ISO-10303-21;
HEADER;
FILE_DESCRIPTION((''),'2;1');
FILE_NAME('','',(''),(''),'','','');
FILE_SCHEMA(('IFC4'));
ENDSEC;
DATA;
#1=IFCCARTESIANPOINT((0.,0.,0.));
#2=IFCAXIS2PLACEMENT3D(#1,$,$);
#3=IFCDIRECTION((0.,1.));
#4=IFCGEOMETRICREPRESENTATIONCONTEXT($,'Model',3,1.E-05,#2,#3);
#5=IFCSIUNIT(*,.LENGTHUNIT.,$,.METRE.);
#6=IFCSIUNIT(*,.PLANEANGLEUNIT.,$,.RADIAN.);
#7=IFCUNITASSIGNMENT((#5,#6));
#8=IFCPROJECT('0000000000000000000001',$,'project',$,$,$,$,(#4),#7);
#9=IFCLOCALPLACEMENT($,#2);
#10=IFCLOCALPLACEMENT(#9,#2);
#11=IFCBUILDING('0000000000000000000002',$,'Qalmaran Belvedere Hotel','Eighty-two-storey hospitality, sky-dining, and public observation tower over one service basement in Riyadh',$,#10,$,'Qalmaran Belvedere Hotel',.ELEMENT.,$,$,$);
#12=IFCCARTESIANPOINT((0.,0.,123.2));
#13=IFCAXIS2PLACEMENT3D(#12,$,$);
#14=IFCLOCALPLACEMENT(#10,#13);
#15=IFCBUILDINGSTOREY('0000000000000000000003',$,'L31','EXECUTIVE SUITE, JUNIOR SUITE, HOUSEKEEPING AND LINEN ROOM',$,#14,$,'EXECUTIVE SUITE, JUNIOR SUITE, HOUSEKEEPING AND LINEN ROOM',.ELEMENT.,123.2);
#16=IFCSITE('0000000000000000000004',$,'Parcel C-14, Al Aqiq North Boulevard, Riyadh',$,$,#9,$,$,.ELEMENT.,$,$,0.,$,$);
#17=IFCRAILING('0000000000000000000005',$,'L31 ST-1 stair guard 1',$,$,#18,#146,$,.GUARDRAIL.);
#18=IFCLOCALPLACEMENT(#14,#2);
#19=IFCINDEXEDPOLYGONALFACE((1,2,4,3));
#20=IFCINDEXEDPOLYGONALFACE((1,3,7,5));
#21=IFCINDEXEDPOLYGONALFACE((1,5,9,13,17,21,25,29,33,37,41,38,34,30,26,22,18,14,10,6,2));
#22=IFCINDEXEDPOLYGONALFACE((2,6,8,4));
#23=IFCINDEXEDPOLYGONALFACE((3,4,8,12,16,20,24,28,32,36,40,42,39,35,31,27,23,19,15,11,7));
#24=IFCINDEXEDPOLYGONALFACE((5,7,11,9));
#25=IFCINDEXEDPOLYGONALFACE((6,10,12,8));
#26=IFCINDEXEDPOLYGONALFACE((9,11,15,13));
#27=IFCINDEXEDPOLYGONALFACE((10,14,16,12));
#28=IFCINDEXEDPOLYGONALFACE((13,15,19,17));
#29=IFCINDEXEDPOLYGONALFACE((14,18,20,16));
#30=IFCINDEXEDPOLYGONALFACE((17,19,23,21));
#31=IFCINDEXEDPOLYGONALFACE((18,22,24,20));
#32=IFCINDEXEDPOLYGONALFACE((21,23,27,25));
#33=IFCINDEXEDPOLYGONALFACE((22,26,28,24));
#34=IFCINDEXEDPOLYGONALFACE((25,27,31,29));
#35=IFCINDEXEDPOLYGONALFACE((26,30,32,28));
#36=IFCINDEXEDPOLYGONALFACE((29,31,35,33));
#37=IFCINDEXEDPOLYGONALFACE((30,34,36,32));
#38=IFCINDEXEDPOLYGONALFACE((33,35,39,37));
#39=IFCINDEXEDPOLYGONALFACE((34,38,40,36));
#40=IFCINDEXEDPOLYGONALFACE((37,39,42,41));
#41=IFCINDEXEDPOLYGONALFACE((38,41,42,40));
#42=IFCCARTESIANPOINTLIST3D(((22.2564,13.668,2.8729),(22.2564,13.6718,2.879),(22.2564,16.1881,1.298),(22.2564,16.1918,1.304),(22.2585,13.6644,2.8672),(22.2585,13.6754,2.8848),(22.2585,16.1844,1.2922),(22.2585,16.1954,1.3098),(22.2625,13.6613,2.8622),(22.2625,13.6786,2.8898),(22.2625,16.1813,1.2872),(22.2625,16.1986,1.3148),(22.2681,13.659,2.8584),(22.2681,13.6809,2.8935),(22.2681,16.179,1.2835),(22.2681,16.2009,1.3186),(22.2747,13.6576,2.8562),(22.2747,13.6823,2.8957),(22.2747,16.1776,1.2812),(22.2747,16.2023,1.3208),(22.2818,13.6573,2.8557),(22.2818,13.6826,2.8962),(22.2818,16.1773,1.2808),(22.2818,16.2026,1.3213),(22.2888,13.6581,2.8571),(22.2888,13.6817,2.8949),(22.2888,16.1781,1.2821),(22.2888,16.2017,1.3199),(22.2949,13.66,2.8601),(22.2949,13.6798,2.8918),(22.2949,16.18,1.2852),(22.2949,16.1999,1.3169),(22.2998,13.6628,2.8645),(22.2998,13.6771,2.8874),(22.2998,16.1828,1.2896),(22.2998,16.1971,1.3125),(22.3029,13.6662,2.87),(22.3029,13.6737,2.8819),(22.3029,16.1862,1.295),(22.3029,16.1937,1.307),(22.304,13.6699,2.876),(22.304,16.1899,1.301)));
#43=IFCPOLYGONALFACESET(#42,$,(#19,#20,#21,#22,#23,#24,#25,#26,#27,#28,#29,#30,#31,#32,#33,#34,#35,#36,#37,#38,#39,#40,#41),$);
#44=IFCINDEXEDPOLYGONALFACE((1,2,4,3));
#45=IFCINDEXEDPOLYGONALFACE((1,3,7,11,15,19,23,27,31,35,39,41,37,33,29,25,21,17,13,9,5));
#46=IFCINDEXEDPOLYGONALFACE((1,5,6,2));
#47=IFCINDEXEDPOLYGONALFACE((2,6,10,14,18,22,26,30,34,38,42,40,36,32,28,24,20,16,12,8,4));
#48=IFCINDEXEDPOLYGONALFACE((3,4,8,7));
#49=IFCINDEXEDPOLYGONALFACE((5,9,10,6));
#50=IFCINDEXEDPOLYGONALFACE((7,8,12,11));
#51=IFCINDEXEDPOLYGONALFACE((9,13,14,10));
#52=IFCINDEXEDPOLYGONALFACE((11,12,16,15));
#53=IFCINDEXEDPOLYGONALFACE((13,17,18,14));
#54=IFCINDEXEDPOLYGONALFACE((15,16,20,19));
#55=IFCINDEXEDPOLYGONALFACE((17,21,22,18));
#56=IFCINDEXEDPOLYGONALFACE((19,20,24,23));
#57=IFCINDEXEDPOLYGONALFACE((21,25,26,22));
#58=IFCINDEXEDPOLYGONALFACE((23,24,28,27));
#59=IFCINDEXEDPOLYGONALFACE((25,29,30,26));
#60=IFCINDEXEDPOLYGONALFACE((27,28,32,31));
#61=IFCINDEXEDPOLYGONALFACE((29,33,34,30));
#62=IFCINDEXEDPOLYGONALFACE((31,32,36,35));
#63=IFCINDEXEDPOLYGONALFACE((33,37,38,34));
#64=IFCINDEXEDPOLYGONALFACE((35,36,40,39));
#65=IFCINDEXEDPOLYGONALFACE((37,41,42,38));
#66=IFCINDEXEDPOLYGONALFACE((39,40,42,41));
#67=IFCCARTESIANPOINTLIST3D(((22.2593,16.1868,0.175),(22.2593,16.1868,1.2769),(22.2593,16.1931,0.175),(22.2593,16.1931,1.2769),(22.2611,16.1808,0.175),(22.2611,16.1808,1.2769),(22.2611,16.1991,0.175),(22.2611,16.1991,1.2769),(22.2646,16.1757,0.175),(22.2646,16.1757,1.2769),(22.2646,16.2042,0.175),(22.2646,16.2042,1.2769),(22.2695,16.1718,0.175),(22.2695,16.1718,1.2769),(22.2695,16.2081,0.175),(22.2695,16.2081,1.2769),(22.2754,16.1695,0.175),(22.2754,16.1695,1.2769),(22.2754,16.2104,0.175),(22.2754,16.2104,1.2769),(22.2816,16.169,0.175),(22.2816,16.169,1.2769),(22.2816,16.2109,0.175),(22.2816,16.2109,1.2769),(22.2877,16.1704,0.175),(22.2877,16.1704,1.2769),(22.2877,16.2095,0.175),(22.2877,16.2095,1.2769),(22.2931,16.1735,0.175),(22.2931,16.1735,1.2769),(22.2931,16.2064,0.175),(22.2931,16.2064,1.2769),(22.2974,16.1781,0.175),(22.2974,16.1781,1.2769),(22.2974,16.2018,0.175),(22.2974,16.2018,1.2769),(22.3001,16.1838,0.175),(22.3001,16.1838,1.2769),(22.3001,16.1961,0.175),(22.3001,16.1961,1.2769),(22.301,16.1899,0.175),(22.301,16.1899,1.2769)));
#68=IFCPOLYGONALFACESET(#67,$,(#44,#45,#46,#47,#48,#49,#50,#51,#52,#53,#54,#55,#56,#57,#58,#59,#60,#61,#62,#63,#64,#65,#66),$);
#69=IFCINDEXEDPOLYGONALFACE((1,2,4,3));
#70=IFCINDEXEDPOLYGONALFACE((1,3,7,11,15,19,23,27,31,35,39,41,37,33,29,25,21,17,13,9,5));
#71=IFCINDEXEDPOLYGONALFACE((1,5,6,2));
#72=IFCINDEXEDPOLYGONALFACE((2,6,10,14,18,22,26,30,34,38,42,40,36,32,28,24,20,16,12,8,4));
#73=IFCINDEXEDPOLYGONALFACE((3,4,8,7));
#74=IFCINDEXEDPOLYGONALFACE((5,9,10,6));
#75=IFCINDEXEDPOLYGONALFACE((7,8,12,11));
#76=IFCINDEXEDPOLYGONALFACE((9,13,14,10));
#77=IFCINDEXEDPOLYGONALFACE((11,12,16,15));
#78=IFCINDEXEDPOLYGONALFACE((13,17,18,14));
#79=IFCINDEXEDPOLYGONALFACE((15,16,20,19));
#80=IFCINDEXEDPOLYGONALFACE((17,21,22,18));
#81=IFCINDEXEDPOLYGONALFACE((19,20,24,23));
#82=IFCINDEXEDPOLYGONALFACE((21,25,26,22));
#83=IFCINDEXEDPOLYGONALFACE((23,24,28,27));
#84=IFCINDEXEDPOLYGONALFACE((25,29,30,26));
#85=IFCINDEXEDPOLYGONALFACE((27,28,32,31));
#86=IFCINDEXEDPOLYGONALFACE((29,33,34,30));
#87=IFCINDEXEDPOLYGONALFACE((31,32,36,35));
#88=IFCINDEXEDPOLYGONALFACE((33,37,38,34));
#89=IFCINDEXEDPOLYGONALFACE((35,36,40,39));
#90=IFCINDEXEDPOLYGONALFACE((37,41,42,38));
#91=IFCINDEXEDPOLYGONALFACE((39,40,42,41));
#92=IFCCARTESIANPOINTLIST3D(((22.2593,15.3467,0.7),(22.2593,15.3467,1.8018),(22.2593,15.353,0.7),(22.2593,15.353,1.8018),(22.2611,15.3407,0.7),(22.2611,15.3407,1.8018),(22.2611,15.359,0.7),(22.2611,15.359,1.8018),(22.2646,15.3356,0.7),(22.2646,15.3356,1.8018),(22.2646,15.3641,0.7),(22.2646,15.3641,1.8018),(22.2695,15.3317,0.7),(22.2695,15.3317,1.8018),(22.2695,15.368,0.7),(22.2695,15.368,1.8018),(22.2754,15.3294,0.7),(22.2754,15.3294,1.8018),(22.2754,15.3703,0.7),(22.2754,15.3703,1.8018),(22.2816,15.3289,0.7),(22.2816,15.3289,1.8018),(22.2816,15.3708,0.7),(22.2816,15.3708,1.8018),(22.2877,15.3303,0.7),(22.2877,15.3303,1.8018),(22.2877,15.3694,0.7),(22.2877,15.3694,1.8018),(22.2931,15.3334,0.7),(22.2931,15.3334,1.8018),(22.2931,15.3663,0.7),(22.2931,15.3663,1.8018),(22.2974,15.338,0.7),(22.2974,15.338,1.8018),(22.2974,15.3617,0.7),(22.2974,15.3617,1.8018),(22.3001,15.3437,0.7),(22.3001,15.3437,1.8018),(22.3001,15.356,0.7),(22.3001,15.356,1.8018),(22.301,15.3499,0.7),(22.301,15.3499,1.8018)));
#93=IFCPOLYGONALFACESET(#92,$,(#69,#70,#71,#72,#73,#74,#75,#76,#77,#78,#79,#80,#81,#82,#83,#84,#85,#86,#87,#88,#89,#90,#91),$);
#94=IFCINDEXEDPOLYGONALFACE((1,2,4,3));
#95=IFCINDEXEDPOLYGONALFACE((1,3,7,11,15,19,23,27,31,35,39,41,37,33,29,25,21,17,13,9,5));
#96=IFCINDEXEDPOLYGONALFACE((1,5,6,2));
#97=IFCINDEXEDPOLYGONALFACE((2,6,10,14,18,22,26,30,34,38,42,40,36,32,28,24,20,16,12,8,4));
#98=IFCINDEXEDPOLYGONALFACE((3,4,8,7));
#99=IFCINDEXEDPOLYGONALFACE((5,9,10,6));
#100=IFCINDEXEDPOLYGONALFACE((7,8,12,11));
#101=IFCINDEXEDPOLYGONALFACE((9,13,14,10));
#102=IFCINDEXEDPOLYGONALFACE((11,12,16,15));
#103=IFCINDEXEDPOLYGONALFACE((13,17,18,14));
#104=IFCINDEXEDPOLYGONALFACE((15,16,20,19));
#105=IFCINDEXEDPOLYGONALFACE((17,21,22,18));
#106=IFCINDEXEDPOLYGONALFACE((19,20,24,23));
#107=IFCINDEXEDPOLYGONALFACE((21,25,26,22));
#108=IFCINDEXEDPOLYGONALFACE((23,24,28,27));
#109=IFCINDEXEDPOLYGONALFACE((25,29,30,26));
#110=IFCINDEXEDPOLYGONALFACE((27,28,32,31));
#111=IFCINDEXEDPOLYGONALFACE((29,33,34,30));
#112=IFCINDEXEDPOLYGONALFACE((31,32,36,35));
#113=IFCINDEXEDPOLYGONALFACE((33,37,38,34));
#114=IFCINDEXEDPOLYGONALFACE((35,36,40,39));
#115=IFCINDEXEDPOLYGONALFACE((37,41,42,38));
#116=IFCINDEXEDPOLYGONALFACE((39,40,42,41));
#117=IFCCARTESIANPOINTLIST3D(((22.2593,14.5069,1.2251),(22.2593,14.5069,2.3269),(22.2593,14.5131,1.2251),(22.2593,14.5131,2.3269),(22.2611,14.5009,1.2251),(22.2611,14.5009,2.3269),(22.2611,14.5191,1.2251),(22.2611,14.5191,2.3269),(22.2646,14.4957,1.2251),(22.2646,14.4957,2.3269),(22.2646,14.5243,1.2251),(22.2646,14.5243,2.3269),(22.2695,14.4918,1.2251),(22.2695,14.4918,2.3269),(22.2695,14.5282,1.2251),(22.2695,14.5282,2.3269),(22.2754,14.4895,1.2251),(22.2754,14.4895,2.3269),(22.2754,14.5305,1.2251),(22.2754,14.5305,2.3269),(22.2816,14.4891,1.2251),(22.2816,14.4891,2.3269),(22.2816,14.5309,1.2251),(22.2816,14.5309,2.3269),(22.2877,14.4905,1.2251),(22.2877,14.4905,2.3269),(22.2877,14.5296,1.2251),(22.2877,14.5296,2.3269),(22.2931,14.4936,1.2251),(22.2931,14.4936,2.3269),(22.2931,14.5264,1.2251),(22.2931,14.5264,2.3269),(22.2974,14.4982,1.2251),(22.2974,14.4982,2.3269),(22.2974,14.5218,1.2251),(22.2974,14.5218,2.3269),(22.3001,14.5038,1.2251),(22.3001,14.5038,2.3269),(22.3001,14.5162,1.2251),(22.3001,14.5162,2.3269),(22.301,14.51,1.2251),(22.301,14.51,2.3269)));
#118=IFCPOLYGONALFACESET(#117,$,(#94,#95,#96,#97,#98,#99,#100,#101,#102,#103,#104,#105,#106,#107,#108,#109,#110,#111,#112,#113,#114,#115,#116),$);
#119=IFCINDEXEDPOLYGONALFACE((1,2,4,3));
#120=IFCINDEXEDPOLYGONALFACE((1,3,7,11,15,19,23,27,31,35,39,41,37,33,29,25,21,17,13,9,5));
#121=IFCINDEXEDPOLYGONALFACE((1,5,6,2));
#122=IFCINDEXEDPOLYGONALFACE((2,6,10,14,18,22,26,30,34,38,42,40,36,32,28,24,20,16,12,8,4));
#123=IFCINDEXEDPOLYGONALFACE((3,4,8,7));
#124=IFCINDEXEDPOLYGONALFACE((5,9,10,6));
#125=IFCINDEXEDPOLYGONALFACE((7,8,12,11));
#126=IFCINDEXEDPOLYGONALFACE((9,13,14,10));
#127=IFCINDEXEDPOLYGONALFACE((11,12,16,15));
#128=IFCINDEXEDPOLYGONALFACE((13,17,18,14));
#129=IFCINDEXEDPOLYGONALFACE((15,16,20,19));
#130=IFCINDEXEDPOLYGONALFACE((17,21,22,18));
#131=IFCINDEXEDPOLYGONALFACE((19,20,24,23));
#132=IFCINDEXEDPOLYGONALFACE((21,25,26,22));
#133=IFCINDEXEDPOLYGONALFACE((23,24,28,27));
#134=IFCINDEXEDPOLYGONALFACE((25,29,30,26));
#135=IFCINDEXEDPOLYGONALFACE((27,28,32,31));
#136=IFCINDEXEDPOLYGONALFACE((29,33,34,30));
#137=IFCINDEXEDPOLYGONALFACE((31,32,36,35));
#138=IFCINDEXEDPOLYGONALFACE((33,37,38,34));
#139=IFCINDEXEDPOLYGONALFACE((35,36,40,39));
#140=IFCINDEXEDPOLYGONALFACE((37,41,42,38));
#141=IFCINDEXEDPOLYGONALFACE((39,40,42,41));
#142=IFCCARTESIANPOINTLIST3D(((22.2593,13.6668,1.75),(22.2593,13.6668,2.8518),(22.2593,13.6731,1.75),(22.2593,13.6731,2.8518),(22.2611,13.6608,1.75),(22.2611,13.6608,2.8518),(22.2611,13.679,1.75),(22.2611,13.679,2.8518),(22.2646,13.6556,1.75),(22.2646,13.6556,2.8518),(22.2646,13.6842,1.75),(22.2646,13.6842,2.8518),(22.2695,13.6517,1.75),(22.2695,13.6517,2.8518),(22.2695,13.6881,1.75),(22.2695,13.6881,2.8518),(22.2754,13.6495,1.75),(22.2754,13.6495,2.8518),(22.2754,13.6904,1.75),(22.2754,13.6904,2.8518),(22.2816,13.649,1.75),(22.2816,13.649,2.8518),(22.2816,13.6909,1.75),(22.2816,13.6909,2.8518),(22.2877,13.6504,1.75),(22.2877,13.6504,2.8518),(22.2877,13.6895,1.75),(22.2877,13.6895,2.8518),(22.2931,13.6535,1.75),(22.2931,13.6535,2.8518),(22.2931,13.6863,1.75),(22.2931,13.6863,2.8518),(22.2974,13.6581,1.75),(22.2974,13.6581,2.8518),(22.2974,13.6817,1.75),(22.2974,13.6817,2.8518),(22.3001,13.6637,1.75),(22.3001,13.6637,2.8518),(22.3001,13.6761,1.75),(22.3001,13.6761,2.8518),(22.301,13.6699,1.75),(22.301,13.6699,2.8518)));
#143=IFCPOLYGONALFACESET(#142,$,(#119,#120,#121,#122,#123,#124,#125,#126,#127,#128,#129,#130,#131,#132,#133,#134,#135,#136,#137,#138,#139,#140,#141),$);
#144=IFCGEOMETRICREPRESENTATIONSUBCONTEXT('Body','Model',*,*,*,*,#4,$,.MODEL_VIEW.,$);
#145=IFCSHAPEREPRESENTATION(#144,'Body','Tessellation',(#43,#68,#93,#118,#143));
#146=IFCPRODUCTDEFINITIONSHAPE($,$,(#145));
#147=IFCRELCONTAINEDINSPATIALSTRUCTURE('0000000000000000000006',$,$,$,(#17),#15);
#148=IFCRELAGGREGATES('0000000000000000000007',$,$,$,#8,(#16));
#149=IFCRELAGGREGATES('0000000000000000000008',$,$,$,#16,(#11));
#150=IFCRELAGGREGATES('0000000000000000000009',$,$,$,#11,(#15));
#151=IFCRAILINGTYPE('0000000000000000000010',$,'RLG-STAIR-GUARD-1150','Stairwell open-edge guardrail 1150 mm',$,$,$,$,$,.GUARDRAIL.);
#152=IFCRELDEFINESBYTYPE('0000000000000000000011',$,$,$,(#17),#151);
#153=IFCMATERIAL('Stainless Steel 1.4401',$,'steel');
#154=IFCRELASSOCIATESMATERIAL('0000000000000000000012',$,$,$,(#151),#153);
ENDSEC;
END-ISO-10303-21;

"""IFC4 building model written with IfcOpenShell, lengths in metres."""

from ifc_helpers import new_model, si_unit, direction, frame, origin, origin_2d, place, context, subcontext, project, spatial, circle, extrude, material, type_object, element, save


model = new_model("IFC4")

# Units and contexts
model_context = context("Model", 3, precision=1e-05, world=origin(), true_north=direction((0.0, 1.0)))
body_context = subcontext(model_context, "Body", "Model", "MODEL_VIEW")
ifc_project = project(units=[si_unit("LENGTHUNIT", "METRE"), si_unit("PLANEANGLEUNIT", "RADIAN")], contexts=[model_context])

# Site, building, storey
site_placement = place(None, origin())
site = spatial("IfcSite", under=ifc_project, at=site_placement, Name="Parcel C-14, Al Aqiq North Boulevard, Riyadh", CompositionType="ELEMENT", RefElevation=0.0)
building_placement = place(site_placement, origin())
building = spatial("IfcBuilding", under=site, at=building_placement, Name="Qalmaran Belvedere Hotel", Description="Eighty-two-storey hospitality, sky-dining, and public observation tower over one service basement in Riyadh", LongName="Qalmaran Belvedere Hotel", CompositionType="ELEMENT")
storey_placement = place(building_placement, frame((0.0, 0.0, 123.2)))
storey = spatial("IfcBuildingStorey", under=building, at=storey_placement, Name="L31", Description="EXECUTIVE SUITE, JUNIOR SUITE, HOUSEKEEPING AND LINEN ROOM", LongName="EXECUTIVE SUITE, JUNIOR SUITE, HOUSEKEEPING AND LINEN ROOM", CompositionType="ELEMENT", Elevation=123.2)

# Railing
ifc_material_1 = material(Name="Stainless Steel 1.4401", Category="steel")
railing_type_1 = type_object("IfcRailingType", Name="RLG-STAIR-GUARD-1150", Description="Stairwell open-edge guardrail 1150 mm", PredefinedType="GUARDRAIL", material=ifc_material_1)
railing_1_placement = place(storey_placement, frame((22.28, 16.1899, 0.175)))
element("IfcRailing", 1, at=railing_1_placement, inside=storey, type_object=railing_type_1, Name="L31 ST-1 stair guard 1", PredefinedType="GUARDRAIL", context=body_context, shape_type="SweptSolid", body=[
    extrude(circle(Radius=0.0239, at=origin_2d()), frame((0.0, 0.0, 1.126), z_axis=(0.0, -0.848008, 0.529984), x_axis=(1.0, 0.0, 0.0)), (0.0, 0.0, 1.0), 2.9717),
    extrude(circle(Radius=0.021, at=origin_2d()), origin(), (0.0, 0.0, 1.0), 1.1018),
    extrude(circle(Radius=0.021, at=origin_2d()), frame((0.0, -0.8401, 0.5249)), (0.0, 0.0, 1.0), 1.1018),
    extrude(circle(Radius=0.021, at=origin_2d()), frame((0.0, -1.6799, 1.05)), (0.0, 0.0, 1.0), 1.1018),
    extrude(circle(Radius=0.021, at=origin_2d()), frame((0.0, -2.52, 1.575)), (0.0, 0.0, 1.0), 1.1018),
])

save(model, "model.ifc")
